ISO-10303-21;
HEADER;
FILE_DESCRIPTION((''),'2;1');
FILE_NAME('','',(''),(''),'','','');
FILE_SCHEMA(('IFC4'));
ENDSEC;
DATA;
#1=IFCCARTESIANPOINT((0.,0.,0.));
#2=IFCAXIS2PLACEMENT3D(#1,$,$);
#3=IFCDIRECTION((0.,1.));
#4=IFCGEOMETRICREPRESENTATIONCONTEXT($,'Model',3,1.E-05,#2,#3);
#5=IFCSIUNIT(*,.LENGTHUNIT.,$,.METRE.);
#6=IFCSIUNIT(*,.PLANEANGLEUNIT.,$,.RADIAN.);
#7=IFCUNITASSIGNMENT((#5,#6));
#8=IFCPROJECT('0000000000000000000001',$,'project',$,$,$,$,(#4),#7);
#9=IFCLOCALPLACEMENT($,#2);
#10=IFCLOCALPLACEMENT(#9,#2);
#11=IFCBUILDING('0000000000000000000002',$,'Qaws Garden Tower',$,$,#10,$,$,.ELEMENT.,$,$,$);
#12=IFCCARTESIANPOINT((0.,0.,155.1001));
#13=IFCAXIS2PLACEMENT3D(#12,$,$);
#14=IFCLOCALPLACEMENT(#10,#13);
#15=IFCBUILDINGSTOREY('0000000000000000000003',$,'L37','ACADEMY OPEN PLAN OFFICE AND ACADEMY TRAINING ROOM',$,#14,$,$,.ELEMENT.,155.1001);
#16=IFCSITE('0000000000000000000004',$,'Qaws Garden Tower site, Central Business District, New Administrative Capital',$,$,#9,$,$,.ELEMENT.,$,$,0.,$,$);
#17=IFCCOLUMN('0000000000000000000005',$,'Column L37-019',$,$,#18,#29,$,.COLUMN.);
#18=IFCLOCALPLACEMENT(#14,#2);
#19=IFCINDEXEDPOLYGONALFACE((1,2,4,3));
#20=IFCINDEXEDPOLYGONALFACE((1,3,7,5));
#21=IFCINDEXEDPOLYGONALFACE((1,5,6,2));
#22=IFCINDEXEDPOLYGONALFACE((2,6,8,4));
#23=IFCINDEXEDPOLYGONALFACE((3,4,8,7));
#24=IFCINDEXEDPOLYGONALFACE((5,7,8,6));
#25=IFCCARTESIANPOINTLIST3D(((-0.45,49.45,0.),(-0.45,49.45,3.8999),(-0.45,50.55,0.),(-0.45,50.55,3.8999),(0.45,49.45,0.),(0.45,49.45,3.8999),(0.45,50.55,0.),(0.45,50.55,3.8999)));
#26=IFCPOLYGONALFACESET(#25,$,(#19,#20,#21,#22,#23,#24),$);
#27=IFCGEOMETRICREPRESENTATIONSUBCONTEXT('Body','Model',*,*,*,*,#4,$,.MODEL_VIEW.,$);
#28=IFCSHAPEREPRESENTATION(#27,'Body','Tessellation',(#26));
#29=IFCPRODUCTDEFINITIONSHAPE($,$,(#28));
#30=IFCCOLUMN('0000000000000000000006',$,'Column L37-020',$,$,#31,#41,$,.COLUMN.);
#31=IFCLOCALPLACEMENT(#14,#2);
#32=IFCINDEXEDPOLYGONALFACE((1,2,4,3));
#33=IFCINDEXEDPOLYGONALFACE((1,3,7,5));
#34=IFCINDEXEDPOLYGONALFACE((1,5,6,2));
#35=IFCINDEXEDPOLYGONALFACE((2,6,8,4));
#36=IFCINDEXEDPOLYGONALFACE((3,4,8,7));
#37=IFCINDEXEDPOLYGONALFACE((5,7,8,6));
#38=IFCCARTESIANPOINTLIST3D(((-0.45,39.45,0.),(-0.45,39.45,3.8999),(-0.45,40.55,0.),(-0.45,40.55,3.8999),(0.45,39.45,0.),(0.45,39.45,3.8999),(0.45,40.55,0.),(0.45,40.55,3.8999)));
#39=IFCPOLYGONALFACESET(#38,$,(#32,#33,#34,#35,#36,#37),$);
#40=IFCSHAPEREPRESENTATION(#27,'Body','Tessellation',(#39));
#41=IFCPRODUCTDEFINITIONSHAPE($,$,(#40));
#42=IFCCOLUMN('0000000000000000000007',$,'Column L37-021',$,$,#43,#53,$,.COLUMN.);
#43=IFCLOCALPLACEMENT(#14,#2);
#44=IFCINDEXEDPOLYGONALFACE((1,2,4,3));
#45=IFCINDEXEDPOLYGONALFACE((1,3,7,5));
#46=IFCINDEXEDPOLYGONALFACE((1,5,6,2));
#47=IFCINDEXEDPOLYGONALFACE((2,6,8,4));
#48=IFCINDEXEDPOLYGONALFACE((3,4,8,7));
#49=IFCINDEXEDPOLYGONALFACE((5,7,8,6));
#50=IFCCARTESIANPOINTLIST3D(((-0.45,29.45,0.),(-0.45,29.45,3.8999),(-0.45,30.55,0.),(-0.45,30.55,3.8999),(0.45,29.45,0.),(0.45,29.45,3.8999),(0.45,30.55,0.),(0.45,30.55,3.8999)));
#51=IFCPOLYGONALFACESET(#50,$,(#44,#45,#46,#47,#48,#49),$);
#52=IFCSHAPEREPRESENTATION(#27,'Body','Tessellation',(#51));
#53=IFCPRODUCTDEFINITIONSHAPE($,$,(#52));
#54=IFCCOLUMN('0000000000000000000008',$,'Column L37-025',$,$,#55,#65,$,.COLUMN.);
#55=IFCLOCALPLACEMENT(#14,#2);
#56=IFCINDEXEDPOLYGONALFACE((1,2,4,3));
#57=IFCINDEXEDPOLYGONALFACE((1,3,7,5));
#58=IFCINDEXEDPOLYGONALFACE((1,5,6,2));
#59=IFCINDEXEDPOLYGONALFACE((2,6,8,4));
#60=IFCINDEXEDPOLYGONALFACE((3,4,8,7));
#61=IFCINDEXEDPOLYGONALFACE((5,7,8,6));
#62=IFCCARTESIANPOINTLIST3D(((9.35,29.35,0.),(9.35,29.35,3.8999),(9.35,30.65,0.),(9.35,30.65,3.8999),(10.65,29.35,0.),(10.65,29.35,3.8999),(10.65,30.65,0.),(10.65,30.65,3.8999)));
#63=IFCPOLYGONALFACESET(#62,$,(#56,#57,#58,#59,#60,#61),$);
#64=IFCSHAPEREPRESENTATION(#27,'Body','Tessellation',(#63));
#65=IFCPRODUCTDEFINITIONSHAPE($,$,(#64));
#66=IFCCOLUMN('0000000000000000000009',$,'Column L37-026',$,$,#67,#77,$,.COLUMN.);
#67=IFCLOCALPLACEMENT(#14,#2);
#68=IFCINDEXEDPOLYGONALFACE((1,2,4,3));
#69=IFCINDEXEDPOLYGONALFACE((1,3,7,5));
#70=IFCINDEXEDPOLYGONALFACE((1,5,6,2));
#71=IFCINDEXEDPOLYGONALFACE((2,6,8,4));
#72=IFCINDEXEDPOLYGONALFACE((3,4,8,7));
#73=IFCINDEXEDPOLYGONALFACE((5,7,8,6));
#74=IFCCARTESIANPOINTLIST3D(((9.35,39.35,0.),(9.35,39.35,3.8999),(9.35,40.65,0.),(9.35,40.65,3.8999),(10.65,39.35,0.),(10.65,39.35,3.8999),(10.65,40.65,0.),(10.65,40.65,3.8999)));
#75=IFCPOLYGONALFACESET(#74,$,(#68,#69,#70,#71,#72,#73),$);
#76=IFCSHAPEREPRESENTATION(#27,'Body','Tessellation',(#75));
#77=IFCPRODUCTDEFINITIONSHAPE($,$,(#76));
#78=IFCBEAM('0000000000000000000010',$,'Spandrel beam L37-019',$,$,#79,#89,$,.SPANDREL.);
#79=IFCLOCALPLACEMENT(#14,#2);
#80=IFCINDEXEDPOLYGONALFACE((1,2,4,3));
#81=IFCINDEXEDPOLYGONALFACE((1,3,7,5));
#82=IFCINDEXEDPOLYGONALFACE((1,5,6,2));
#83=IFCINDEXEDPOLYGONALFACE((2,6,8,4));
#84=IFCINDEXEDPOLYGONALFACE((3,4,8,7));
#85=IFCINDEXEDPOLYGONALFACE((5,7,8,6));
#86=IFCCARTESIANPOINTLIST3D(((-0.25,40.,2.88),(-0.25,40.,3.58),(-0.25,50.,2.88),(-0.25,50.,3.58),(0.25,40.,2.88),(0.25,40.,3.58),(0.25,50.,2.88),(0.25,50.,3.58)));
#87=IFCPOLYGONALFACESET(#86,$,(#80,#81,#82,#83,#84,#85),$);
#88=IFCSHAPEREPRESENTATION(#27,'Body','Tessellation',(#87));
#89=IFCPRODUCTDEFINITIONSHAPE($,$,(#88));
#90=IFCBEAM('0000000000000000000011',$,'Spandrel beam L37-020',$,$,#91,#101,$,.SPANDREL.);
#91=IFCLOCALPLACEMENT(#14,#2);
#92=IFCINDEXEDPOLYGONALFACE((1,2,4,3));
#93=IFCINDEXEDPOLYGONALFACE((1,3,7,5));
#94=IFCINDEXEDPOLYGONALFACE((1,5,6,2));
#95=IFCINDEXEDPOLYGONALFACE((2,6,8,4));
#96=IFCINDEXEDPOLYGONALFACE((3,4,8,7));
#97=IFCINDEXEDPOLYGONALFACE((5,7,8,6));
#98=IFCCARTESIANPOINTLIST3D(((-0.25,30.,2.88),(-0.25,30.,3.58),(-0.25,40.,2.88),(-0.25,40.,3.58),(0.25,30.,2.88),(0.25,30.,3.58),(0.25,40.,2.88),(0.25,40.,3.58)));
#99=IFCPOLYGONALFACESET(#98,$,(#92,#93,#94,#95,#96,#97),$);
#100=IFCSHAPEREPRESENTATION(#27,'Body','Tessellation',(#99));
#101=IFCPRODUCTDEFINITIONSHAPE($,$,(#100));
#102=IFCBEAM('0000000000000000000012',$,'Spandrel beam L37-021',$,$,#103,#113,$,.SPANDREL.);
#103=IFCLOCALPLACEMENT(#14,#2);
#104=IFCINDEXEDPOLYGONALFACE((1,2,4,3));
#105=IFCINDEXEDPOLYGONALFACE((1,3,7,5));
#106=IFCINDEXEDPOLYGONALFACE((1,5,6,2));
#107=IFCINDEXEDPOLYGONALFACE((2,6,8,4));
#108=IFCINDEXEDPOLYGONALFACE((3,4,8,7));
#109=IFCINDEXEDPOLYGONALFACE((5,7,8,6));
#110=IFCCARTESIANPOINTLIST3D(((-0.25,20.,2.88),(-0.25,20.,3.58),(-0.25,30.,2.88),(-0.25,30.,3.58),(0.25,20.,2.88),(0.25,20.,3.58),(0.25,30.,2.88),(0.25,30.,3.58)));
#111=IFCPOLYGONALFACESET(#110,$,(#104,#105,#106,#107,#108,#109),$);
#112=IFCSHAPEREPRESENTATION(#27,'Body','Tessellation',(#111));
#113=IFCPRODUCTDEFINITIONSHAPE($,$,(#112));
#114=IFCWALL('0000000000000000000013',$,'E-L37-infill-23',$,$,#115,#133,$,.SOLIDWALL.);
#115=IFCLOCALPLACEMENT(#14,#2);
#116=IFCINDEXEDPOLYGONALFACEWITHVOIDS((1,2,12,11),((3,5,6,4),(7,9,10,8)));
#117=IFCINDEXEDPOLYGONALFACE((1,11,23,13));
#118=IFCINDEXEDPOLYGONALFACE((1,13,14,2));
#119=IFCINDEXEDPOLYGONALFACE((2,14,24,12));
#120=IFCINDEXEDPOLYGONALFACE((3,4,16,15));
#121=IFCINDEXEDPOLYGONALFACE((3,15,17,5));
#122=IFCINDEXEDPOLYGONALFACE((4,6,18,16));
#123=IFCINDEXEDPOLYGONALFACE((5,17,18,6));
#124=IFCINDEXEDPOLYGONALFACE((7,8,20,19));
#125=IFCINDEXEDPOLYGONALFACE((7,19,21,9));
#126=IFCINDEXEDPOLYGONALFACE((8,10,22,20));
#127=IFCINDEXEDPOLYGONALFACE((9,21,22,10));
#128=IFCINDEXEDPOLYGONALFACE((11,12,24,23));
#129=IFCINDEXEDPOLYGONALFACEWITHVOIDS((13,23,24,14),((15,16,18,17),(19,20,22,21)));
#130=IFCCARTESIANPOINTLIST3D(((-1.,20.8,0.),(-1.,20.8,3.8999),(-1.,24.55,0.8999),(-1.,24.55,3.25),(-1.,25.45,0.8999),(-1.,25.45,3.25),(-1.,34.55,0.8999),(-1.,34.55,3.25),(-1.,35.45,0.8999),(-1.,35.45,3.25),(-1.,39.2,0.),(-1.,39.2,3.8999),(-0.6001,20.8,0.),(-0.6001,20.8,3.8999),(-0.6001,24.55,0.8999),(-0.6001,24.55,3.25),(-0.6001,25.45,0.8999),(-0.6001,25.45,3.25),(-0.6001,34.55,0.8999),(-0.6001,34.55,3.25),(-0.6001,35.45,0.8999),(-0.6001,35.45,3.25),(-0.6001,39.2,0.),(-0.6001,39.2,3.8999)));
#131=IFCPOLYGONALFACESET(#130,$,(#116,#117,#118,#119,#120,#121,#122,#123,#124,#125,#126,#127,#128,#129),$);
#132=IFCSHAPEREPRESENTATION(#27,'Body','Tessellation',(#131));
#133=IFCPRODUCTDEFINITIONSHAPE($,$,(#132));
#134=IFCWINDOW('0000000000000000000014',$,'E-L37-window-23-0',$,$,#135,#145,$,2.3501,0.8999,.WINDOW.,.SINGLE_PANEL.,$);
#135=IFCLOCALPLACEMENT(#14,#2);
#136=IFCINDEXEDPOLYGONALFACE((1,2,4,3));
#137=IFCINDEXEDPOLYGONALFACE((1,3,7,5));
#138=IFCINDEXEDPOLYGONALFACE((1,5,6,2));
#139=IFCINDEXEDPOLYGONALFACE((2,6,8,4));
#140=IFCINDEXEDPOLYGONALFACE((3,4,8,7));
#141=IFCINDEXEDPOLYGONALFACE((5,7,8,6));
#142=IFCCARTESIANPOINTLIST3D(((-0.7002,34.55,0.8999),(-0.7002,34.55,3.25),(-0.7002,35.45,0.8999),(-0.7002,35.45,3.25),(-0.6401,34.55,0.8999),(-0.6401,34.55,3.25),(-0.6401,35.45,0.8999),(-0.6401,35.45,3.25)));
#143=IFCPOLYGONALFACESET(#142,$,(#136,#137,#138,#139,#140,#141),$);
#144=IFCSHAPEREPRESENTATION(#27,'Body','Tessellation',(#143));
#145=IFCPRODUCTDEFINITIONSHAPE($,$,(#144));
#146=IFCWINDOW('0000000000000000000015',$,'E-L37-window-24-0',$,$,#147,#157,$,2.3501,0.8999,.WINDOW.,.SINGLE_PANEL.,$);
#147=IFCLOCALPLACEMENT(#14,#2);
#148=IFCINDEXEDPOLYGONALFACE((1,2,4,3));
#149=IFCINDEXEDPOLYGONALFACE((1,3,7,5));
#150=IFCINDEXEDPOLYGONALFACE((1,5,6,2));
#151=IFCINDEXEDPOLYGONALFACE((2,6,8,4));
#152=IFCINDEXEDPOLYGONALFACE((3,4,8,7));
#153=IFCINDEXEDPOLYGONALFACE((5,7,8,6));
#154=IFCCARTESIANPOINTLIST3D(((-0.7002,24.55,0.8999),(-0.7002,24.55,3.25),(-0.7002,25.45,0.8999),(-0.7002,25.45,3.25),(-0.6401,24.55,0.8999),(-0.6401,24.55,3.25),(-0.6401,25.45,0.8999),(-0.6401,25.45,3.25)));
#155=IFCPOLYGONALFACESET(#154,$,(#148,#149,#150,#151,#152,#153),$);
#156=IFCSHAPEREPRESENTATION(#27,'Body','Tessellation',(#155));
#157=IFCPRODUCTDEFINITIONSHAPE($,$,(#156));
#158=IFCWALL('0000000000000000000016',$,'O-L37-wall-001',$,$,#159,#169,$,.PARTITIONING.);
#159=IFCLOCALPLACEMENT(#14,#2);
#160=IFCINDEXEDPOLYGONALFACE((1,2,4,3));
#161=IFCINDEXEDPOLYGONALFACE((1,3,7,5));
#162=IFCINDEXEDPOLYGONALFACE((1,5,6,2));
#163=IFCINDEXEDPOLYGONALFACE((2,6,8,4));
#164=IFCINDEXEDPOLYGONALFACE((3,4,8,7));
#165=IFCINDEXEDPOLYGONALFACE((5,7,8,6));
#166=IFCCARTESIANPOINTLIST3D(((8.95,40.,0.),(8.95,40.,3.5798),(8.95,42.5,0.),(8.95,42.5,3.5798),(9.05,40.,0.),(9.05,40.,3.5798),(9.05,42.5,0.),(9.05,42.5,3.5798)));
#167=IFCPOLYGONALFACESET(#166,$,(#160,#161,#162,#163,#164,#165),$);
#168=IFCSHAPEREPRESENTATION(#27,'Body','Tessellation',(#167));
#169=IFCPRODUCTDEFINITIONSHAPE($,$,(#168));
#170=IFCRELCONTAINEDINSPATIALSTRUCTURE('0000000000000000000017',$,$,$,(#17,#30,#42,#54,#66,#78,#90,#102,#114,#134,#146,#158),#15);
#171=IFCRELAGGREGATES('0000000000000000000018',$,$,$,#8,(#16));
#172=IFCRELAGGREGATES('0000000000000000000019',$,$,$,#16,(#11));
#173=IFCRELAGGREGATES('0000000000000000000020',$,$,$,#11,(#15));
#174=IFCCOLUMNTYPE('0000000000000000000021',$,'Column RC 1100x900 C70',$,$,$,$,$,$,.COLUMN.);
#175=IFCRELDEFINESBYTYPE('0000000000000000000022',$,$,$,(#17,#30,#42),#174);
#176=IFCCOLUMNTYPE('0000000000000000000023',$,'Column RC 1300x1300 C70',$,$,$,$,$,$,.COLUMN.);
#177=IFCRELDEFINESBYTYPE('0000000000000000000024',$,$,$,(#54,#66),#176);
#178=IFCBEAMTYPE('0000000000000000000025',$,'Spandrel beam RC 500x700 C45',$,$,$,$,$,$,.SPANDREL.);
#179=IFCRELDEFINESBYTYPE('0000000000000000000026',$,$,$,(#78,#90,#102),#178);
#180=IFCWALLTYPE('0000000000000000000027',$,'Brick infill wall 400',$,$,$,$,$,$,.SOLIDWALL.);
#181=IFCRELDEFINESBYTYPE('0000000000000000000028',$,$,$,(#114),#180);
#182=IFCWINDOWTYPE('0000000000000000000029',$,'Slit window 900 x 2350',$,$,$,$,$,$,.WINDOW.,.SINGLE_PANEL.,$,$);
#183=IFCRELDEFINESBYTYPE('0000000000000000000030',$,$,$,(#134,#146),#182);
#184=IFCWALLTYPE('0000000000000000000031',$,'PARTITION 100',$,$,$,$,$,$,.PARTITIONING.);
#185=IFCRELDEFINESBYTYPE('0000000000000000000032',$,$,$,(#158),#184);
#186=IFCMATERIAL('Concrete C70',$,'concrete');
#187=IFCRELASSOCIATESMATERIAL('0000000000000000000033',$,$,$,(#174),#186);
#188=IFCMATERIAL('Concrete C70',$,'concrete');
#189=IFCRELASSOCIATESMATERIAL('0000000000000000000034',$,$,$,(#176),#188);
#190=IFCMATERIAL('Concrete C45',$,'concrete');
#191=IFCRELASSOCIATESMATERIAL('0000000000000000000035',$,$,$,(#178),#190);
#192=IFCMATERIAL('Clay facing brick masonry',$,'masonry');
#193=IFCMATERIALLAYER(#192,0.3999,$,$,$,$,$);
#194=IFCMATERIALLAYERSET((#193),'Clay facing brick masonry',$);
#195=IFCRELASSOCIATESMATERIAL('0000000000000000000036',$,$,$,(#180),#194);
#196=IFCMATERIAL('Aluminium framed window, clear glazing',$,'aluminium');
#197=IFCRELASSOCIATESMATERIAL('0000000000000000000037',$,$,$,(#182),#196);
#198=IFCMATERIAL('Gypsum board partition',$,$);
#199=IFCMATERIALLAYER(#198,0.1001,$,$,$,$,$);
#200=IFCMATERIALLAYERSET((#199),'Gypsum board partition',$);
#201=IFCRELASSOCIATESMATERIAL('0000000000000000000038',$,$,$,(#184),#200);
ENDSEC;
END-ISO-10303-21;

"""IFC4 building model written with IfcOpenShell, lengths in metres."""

from ifc_helpers import new_model, si_unit, direction, frame, frame_2d, origin, origin_2d, place, context, subcontext, project, spatial, rectangle, extrude, material, layer, layer_set, material_profile, profile_set, type_object, element, fill, save


model = new_model("IFC4")

# Units and contexts
model_context = context("Model", 3, precision=1e-05, world=origin(), true_north=direction((0.0, 1.0)))
body_context = subcontext(model_context, "Body", "Model", "MODEL_VIEW")
ifc_project = project(units=[si_unit("LENGTHUNIT", "METRE"), si_unit("PLANEANGLEUNIT", "RADIAN")], contexts=[model_context])

# Site, building, storey
site_placement = place(None, origin())
site = spatial("IfcSite", under=ifc_project, at=site_placement, Name="Qaws Garden Tower site, Central Business District, New Administrative Capital", CompositionType="ELEMENT", RefElevation=0.0)
building_placement = place(site_placement, origin())
building = spatial("IfcBuilding", under=site, at=building_placement, Name="Qaws Garden Tower", CompositionType="ELEMENT")
storey_placement = place(building_placement, frame((0.0, 0.0, 155.1001)))
storey = spatial("IfcBuildingStorey", under=building, at=storey_placement, Name="L37", Description="ACADEMY OPEN PLAN OFFICE AND ACADEMY TRAINING ROOM", CompositionType="ELEMENT", Elevation=155.1001)

# Columns
ifc_material_1 = material(Name="Concrete C70", Category="concrete")
ifc_material_profile_1 = material_profile(ifc_material_1, rectangle(XDim=1.1001, YDim=0.8999, at=origin_2d()), Name="RC 1100x900")
ifc_profile_set_1 = profile_set([ifc_material_profile_1], Name="Concrete C70")
column_type_1 = type_object("IfcColumnType", Name="Column RC 1100x900 C70", PredefinedType="COLUMN", material=ifc_profile_set_1)
for number, where, z_axis, x_axis, name in (
    (1, (0.0, 50.0, 0.0), (0.0, 0.0, 1.0), (0.0, 1.0, 0.0), "Column L37-019"),
    (2, (0.0, 40.0, 0.0), (0.0, 0.0, 1.0), (0.0, 1.0, 0.0), "Column L37-020"),
    (3, (0.0, 30.0, 0.0), (0.0, 0.0, 1.0), (0.0, 1.0, 0.0), "Column L37-021"),
):
    element("IfcColumn", number, at=place(storey_placement, frame(where, z_axis=z_axis, x_axis=x_axis)), inside=storey, type_object=column_type_1, Name=name, PredefinedType="COLUMN", context=body_context, shape_type="SweptSolid", body=[
        extrude(rectangle(XDim=1.1001, YDim=0.8999, at=origin_2d()), origin(), (0.0, 0.0, 1.0), 3.8999),
    ])
ifc_material_2 = material(Name="Concrete C70", Category="concrete")
ifc_material_profile_2 = material_profile(ifc_material_2, rectangle(XDim=1.3, YDim=1.3, at=origin_2d()), Name="RC 1300x1300")
ifc_profile_set_2 = profile_set([ifc_material_profile_2], Name="Concrete C70")
column_type_2 = type_object("IfcColumnType", Name="Column RC 1300x1300 C70", PredefinedType="COLUMN", material=ifc_profile_set_2)
for number, where, z_axis, x_axis, name in (
    (4, (10.0, 30.0, 0.0), (0.0, 0.0, 1.0), (1.0, 0.0, 0.0), "Column L37-025"),
    (5, (10.0, 40.0, 0.0), (0.0, 0.0, 1.0), (1.0, 0.0, 0.0), "Column L37-026"),
):
    element("IfcColumn", number, at=place(storey_placement, frame(where, z_axis=z_axis, x_axis=x_axis)), inside=storey, type_object=column_type_2, Name=name, PredefinedType="COLUMN", context=body_context, shape_type="SweptSolid", body=[
        extrude(rectangle(XDim=1.3, YDim=1.3, at=origin_2d()), origin(), (0.0, 0.0, 1.0), 3.8999),
    ])

# Beams
ifc_material_3 = material(Name="Concrete C45", Category="concrete")
ifc_material_profile_3 = material_profile(ifc_material_3, rectangle(XDim=0.5, YDim=0.7, at=origin_2d()), Name="RC 500x700")
ifc_profile_set_3 = profile_set([ifc_material_profile_3], Name="Concrete C45")
beam_type = type_object("IfcBeamType", Name="Spandrel beam RC 500x700 C45", PredefinedType="SPANDREL", material=ifc_profile_set_3)
for number, where, z_axis, x_axis, name in (
    (6, (0.0, 50.0, 3.23), (0.0, -1.0, 0.0), (1.0, 0.0, 0.0), "Spandrel beam L37-019"),
    (7, (0.0, 40.0, 3.23), (0.0, -1.0, 0.0), (1.0, 0.0, 0.0), "Spandrel beam L37-020"),
    (8, (0.0, 30.0, 3.23), (0.0, -1.0, 0.0), (1.0, 0.0, 0.0), "Spandrel beam L37-021"),
):
    element("IfcBeam", number, at=place(storey_placement, frame(where, z_axis=z_axis, x_axis=x_axis)), inside=storey, type_object=beam_type, Name=name, PredefinedType="SPANDREL", context=body_context, shape_type="SweptSolid", body=[
        extrude(rectangle(XDim=0.5, YDim=0.7, at=origin_2d()), origin(), (0.0, 0.0, 1.0), 10.0),
    ])

# Wall, openings, windows
ifc_material_4 = material(Name="Clay facing brick masonry", Category="masonry")
ifc_layer_1 = layer(ifc_material_4, 0.3999)
ifc_layer_set_1 = layer_set([ifc_layer_1], Name="Clay facing brick masonry")
wall_type_1 = type_object("IfcWallType", Name="Brick infill wall 400", PredefinedType="SOLIDWALL", material=ifc_layer_set_1)
wall_1_placement = place(storey_placement, frame((-0.8, 39.2, 0.0), z_axis=(0.0, 0.0, 1.0), x_axis=(0.0, -1.0, 0.0)))
wall_1 = element("IfcWall", 9, at=wall_1_placement, inside=storey, type_object=wall_type_1, Name="E-L37-infill-23", PredefinedType="SOLIDWALL", context=body_context, shape_type="SweptSolid", body=[
    extrude(rectangle(XDim=18.3999, YDim=0.3999, at=frame_2d((9.2, 0.0))), origin(), (0.0, 0.0, 1.0), 3.8999),
])
opening_1_placement = place(wall_1_placement, frame((3.75, 0.0, 0.8999)))
opening_1 = element("IfcOpeningElement", 10, at=opening_1_placement, cuts=wall_1, PredefinedType="OPENING", context=body_context, shape_type="SweptSolid", body=[
    extrude(rectangle(XDim=0.8999, YDim=2.3501, at=frame_2d((0.45, 1.175))), frame((0.0, 0.21, 0.0), z_axis=(0.0, -1.0, 0.0), x_axis=(1.0, 0.0, 0.0)), (0.0, 0.0, 1.0), 0.4199),
])
opening_2_placement = place(wall_1_placement, frame((13.75, 0.0, 0.8999)))
opening_2 = element("IfcOpeningElement", 11, at=opening_2_placement, cuts=wall_1, PredefinedType="OPENING", context=body_context, shape_type="SweptSolid", body=[
    extrude(rectangle(XDim=0.8999, YDim=2.3501, at=frame_2d((0.45, 1.175))), frame((0.0, 0.21, 0.0), z_axis=(0.0, -1.0, 0.0), x_axis=(1.0, 0.0, 0.0)), (0.0, 0.0, 1.0), 0.4199),
])
ifc_material_5 = material(Name="Aluminium framed window, clear glazing", Category="aluminium")
window_type = type_object("IfcWindowType", Name="Slit window 900 x 2350", PartitioningType="SINGLE_PANEL", PredefinedType="WINDOW", material=ifc_material_5)
window_1_placement = place(opening_1_placement, origin())
window_1 = element("IfcWindow", 12, at=window_1_placement, inside=storey, type_object=window_type, Name="E-L37-window-23-0", OverallHeight=2.3501, OverallWidth=0.8999, PartitioningType="SINGLE_PANEL", PredefinedType="WINDOW", context=body_context, shape_type="SweptSolid", body=[
    extrude(rectangle(XDim=0.8999, YDim=2.3501, at=frame_2d((0.45, 1.175))), frame((0.0, 0.1599, 0.0), z_axis=(0.0, -1.0, 0.0), x_axis=(1.0, 0.0, 0.0)), (0.0, 0.0, 1.0), 0.0601),
])
fill(opening_1, window_1)
window_2_placement = place(opening_2_placement, origin())
window_2 = element("IfcWindow", 13, at=window_2_placement, inside=storey, type_object=window_type, Name="E-L37-window-24-0", OverallHeight=2.3501, OverallWidth=0.8999, PartitioningType="SINGLE_PANEL", PredefinedType="WINDOW", context=body_context, shape_type="SweptSolid", body=[
    extrude(rectangle(XDim=0.8999, YDim=2.3501, at=frame_2d((0.45, 1.175))), frame((0.0, 0.1599, 0.0), z_axis=(0.0, -1.0, 0.0), x_axis=(1.0, 0.0, 0.0)), (0.0, 0.0, 1.0), 0.0601),
])
fill(opening_2, window_2)

# Wall
ifc_material_6 = material(Name="Gypsum board partition")
ifc_layer_2 = layer(ifc_material_6, 0.1001)
ifc_layer_set_2 = layer_set([ifc_layer_2], Name="Gypsum board partition")
wall_type_2 = type_object("IfcWallType", Name="PARTITION 100", PredefinedType="PARTITIONING", material=ifc_layer_set_2)
wall_2_placement = place(storey_placement, frame((9.0, 40.0, 0.0), z_axis=(0.0, 0.0, 1.0), x_axis=(0.0, 1.0, 0.0)))
element("IfcWall", 14, at=wall_2_placement, inside=storey, type_object=wall_type_2, Name="O-L37-wall-001", PredefinedType="PARTITIONING", context=body_context, shape_type="SweptSolid", body=[
    extrude(rectangle(XDim=2.5, YDim=0.1001, at=frame_2d((1.25, 0.0))), origin(), (0.0, 0.0, 1.0), 3.5798),
])

save(model, "model.ifc")
